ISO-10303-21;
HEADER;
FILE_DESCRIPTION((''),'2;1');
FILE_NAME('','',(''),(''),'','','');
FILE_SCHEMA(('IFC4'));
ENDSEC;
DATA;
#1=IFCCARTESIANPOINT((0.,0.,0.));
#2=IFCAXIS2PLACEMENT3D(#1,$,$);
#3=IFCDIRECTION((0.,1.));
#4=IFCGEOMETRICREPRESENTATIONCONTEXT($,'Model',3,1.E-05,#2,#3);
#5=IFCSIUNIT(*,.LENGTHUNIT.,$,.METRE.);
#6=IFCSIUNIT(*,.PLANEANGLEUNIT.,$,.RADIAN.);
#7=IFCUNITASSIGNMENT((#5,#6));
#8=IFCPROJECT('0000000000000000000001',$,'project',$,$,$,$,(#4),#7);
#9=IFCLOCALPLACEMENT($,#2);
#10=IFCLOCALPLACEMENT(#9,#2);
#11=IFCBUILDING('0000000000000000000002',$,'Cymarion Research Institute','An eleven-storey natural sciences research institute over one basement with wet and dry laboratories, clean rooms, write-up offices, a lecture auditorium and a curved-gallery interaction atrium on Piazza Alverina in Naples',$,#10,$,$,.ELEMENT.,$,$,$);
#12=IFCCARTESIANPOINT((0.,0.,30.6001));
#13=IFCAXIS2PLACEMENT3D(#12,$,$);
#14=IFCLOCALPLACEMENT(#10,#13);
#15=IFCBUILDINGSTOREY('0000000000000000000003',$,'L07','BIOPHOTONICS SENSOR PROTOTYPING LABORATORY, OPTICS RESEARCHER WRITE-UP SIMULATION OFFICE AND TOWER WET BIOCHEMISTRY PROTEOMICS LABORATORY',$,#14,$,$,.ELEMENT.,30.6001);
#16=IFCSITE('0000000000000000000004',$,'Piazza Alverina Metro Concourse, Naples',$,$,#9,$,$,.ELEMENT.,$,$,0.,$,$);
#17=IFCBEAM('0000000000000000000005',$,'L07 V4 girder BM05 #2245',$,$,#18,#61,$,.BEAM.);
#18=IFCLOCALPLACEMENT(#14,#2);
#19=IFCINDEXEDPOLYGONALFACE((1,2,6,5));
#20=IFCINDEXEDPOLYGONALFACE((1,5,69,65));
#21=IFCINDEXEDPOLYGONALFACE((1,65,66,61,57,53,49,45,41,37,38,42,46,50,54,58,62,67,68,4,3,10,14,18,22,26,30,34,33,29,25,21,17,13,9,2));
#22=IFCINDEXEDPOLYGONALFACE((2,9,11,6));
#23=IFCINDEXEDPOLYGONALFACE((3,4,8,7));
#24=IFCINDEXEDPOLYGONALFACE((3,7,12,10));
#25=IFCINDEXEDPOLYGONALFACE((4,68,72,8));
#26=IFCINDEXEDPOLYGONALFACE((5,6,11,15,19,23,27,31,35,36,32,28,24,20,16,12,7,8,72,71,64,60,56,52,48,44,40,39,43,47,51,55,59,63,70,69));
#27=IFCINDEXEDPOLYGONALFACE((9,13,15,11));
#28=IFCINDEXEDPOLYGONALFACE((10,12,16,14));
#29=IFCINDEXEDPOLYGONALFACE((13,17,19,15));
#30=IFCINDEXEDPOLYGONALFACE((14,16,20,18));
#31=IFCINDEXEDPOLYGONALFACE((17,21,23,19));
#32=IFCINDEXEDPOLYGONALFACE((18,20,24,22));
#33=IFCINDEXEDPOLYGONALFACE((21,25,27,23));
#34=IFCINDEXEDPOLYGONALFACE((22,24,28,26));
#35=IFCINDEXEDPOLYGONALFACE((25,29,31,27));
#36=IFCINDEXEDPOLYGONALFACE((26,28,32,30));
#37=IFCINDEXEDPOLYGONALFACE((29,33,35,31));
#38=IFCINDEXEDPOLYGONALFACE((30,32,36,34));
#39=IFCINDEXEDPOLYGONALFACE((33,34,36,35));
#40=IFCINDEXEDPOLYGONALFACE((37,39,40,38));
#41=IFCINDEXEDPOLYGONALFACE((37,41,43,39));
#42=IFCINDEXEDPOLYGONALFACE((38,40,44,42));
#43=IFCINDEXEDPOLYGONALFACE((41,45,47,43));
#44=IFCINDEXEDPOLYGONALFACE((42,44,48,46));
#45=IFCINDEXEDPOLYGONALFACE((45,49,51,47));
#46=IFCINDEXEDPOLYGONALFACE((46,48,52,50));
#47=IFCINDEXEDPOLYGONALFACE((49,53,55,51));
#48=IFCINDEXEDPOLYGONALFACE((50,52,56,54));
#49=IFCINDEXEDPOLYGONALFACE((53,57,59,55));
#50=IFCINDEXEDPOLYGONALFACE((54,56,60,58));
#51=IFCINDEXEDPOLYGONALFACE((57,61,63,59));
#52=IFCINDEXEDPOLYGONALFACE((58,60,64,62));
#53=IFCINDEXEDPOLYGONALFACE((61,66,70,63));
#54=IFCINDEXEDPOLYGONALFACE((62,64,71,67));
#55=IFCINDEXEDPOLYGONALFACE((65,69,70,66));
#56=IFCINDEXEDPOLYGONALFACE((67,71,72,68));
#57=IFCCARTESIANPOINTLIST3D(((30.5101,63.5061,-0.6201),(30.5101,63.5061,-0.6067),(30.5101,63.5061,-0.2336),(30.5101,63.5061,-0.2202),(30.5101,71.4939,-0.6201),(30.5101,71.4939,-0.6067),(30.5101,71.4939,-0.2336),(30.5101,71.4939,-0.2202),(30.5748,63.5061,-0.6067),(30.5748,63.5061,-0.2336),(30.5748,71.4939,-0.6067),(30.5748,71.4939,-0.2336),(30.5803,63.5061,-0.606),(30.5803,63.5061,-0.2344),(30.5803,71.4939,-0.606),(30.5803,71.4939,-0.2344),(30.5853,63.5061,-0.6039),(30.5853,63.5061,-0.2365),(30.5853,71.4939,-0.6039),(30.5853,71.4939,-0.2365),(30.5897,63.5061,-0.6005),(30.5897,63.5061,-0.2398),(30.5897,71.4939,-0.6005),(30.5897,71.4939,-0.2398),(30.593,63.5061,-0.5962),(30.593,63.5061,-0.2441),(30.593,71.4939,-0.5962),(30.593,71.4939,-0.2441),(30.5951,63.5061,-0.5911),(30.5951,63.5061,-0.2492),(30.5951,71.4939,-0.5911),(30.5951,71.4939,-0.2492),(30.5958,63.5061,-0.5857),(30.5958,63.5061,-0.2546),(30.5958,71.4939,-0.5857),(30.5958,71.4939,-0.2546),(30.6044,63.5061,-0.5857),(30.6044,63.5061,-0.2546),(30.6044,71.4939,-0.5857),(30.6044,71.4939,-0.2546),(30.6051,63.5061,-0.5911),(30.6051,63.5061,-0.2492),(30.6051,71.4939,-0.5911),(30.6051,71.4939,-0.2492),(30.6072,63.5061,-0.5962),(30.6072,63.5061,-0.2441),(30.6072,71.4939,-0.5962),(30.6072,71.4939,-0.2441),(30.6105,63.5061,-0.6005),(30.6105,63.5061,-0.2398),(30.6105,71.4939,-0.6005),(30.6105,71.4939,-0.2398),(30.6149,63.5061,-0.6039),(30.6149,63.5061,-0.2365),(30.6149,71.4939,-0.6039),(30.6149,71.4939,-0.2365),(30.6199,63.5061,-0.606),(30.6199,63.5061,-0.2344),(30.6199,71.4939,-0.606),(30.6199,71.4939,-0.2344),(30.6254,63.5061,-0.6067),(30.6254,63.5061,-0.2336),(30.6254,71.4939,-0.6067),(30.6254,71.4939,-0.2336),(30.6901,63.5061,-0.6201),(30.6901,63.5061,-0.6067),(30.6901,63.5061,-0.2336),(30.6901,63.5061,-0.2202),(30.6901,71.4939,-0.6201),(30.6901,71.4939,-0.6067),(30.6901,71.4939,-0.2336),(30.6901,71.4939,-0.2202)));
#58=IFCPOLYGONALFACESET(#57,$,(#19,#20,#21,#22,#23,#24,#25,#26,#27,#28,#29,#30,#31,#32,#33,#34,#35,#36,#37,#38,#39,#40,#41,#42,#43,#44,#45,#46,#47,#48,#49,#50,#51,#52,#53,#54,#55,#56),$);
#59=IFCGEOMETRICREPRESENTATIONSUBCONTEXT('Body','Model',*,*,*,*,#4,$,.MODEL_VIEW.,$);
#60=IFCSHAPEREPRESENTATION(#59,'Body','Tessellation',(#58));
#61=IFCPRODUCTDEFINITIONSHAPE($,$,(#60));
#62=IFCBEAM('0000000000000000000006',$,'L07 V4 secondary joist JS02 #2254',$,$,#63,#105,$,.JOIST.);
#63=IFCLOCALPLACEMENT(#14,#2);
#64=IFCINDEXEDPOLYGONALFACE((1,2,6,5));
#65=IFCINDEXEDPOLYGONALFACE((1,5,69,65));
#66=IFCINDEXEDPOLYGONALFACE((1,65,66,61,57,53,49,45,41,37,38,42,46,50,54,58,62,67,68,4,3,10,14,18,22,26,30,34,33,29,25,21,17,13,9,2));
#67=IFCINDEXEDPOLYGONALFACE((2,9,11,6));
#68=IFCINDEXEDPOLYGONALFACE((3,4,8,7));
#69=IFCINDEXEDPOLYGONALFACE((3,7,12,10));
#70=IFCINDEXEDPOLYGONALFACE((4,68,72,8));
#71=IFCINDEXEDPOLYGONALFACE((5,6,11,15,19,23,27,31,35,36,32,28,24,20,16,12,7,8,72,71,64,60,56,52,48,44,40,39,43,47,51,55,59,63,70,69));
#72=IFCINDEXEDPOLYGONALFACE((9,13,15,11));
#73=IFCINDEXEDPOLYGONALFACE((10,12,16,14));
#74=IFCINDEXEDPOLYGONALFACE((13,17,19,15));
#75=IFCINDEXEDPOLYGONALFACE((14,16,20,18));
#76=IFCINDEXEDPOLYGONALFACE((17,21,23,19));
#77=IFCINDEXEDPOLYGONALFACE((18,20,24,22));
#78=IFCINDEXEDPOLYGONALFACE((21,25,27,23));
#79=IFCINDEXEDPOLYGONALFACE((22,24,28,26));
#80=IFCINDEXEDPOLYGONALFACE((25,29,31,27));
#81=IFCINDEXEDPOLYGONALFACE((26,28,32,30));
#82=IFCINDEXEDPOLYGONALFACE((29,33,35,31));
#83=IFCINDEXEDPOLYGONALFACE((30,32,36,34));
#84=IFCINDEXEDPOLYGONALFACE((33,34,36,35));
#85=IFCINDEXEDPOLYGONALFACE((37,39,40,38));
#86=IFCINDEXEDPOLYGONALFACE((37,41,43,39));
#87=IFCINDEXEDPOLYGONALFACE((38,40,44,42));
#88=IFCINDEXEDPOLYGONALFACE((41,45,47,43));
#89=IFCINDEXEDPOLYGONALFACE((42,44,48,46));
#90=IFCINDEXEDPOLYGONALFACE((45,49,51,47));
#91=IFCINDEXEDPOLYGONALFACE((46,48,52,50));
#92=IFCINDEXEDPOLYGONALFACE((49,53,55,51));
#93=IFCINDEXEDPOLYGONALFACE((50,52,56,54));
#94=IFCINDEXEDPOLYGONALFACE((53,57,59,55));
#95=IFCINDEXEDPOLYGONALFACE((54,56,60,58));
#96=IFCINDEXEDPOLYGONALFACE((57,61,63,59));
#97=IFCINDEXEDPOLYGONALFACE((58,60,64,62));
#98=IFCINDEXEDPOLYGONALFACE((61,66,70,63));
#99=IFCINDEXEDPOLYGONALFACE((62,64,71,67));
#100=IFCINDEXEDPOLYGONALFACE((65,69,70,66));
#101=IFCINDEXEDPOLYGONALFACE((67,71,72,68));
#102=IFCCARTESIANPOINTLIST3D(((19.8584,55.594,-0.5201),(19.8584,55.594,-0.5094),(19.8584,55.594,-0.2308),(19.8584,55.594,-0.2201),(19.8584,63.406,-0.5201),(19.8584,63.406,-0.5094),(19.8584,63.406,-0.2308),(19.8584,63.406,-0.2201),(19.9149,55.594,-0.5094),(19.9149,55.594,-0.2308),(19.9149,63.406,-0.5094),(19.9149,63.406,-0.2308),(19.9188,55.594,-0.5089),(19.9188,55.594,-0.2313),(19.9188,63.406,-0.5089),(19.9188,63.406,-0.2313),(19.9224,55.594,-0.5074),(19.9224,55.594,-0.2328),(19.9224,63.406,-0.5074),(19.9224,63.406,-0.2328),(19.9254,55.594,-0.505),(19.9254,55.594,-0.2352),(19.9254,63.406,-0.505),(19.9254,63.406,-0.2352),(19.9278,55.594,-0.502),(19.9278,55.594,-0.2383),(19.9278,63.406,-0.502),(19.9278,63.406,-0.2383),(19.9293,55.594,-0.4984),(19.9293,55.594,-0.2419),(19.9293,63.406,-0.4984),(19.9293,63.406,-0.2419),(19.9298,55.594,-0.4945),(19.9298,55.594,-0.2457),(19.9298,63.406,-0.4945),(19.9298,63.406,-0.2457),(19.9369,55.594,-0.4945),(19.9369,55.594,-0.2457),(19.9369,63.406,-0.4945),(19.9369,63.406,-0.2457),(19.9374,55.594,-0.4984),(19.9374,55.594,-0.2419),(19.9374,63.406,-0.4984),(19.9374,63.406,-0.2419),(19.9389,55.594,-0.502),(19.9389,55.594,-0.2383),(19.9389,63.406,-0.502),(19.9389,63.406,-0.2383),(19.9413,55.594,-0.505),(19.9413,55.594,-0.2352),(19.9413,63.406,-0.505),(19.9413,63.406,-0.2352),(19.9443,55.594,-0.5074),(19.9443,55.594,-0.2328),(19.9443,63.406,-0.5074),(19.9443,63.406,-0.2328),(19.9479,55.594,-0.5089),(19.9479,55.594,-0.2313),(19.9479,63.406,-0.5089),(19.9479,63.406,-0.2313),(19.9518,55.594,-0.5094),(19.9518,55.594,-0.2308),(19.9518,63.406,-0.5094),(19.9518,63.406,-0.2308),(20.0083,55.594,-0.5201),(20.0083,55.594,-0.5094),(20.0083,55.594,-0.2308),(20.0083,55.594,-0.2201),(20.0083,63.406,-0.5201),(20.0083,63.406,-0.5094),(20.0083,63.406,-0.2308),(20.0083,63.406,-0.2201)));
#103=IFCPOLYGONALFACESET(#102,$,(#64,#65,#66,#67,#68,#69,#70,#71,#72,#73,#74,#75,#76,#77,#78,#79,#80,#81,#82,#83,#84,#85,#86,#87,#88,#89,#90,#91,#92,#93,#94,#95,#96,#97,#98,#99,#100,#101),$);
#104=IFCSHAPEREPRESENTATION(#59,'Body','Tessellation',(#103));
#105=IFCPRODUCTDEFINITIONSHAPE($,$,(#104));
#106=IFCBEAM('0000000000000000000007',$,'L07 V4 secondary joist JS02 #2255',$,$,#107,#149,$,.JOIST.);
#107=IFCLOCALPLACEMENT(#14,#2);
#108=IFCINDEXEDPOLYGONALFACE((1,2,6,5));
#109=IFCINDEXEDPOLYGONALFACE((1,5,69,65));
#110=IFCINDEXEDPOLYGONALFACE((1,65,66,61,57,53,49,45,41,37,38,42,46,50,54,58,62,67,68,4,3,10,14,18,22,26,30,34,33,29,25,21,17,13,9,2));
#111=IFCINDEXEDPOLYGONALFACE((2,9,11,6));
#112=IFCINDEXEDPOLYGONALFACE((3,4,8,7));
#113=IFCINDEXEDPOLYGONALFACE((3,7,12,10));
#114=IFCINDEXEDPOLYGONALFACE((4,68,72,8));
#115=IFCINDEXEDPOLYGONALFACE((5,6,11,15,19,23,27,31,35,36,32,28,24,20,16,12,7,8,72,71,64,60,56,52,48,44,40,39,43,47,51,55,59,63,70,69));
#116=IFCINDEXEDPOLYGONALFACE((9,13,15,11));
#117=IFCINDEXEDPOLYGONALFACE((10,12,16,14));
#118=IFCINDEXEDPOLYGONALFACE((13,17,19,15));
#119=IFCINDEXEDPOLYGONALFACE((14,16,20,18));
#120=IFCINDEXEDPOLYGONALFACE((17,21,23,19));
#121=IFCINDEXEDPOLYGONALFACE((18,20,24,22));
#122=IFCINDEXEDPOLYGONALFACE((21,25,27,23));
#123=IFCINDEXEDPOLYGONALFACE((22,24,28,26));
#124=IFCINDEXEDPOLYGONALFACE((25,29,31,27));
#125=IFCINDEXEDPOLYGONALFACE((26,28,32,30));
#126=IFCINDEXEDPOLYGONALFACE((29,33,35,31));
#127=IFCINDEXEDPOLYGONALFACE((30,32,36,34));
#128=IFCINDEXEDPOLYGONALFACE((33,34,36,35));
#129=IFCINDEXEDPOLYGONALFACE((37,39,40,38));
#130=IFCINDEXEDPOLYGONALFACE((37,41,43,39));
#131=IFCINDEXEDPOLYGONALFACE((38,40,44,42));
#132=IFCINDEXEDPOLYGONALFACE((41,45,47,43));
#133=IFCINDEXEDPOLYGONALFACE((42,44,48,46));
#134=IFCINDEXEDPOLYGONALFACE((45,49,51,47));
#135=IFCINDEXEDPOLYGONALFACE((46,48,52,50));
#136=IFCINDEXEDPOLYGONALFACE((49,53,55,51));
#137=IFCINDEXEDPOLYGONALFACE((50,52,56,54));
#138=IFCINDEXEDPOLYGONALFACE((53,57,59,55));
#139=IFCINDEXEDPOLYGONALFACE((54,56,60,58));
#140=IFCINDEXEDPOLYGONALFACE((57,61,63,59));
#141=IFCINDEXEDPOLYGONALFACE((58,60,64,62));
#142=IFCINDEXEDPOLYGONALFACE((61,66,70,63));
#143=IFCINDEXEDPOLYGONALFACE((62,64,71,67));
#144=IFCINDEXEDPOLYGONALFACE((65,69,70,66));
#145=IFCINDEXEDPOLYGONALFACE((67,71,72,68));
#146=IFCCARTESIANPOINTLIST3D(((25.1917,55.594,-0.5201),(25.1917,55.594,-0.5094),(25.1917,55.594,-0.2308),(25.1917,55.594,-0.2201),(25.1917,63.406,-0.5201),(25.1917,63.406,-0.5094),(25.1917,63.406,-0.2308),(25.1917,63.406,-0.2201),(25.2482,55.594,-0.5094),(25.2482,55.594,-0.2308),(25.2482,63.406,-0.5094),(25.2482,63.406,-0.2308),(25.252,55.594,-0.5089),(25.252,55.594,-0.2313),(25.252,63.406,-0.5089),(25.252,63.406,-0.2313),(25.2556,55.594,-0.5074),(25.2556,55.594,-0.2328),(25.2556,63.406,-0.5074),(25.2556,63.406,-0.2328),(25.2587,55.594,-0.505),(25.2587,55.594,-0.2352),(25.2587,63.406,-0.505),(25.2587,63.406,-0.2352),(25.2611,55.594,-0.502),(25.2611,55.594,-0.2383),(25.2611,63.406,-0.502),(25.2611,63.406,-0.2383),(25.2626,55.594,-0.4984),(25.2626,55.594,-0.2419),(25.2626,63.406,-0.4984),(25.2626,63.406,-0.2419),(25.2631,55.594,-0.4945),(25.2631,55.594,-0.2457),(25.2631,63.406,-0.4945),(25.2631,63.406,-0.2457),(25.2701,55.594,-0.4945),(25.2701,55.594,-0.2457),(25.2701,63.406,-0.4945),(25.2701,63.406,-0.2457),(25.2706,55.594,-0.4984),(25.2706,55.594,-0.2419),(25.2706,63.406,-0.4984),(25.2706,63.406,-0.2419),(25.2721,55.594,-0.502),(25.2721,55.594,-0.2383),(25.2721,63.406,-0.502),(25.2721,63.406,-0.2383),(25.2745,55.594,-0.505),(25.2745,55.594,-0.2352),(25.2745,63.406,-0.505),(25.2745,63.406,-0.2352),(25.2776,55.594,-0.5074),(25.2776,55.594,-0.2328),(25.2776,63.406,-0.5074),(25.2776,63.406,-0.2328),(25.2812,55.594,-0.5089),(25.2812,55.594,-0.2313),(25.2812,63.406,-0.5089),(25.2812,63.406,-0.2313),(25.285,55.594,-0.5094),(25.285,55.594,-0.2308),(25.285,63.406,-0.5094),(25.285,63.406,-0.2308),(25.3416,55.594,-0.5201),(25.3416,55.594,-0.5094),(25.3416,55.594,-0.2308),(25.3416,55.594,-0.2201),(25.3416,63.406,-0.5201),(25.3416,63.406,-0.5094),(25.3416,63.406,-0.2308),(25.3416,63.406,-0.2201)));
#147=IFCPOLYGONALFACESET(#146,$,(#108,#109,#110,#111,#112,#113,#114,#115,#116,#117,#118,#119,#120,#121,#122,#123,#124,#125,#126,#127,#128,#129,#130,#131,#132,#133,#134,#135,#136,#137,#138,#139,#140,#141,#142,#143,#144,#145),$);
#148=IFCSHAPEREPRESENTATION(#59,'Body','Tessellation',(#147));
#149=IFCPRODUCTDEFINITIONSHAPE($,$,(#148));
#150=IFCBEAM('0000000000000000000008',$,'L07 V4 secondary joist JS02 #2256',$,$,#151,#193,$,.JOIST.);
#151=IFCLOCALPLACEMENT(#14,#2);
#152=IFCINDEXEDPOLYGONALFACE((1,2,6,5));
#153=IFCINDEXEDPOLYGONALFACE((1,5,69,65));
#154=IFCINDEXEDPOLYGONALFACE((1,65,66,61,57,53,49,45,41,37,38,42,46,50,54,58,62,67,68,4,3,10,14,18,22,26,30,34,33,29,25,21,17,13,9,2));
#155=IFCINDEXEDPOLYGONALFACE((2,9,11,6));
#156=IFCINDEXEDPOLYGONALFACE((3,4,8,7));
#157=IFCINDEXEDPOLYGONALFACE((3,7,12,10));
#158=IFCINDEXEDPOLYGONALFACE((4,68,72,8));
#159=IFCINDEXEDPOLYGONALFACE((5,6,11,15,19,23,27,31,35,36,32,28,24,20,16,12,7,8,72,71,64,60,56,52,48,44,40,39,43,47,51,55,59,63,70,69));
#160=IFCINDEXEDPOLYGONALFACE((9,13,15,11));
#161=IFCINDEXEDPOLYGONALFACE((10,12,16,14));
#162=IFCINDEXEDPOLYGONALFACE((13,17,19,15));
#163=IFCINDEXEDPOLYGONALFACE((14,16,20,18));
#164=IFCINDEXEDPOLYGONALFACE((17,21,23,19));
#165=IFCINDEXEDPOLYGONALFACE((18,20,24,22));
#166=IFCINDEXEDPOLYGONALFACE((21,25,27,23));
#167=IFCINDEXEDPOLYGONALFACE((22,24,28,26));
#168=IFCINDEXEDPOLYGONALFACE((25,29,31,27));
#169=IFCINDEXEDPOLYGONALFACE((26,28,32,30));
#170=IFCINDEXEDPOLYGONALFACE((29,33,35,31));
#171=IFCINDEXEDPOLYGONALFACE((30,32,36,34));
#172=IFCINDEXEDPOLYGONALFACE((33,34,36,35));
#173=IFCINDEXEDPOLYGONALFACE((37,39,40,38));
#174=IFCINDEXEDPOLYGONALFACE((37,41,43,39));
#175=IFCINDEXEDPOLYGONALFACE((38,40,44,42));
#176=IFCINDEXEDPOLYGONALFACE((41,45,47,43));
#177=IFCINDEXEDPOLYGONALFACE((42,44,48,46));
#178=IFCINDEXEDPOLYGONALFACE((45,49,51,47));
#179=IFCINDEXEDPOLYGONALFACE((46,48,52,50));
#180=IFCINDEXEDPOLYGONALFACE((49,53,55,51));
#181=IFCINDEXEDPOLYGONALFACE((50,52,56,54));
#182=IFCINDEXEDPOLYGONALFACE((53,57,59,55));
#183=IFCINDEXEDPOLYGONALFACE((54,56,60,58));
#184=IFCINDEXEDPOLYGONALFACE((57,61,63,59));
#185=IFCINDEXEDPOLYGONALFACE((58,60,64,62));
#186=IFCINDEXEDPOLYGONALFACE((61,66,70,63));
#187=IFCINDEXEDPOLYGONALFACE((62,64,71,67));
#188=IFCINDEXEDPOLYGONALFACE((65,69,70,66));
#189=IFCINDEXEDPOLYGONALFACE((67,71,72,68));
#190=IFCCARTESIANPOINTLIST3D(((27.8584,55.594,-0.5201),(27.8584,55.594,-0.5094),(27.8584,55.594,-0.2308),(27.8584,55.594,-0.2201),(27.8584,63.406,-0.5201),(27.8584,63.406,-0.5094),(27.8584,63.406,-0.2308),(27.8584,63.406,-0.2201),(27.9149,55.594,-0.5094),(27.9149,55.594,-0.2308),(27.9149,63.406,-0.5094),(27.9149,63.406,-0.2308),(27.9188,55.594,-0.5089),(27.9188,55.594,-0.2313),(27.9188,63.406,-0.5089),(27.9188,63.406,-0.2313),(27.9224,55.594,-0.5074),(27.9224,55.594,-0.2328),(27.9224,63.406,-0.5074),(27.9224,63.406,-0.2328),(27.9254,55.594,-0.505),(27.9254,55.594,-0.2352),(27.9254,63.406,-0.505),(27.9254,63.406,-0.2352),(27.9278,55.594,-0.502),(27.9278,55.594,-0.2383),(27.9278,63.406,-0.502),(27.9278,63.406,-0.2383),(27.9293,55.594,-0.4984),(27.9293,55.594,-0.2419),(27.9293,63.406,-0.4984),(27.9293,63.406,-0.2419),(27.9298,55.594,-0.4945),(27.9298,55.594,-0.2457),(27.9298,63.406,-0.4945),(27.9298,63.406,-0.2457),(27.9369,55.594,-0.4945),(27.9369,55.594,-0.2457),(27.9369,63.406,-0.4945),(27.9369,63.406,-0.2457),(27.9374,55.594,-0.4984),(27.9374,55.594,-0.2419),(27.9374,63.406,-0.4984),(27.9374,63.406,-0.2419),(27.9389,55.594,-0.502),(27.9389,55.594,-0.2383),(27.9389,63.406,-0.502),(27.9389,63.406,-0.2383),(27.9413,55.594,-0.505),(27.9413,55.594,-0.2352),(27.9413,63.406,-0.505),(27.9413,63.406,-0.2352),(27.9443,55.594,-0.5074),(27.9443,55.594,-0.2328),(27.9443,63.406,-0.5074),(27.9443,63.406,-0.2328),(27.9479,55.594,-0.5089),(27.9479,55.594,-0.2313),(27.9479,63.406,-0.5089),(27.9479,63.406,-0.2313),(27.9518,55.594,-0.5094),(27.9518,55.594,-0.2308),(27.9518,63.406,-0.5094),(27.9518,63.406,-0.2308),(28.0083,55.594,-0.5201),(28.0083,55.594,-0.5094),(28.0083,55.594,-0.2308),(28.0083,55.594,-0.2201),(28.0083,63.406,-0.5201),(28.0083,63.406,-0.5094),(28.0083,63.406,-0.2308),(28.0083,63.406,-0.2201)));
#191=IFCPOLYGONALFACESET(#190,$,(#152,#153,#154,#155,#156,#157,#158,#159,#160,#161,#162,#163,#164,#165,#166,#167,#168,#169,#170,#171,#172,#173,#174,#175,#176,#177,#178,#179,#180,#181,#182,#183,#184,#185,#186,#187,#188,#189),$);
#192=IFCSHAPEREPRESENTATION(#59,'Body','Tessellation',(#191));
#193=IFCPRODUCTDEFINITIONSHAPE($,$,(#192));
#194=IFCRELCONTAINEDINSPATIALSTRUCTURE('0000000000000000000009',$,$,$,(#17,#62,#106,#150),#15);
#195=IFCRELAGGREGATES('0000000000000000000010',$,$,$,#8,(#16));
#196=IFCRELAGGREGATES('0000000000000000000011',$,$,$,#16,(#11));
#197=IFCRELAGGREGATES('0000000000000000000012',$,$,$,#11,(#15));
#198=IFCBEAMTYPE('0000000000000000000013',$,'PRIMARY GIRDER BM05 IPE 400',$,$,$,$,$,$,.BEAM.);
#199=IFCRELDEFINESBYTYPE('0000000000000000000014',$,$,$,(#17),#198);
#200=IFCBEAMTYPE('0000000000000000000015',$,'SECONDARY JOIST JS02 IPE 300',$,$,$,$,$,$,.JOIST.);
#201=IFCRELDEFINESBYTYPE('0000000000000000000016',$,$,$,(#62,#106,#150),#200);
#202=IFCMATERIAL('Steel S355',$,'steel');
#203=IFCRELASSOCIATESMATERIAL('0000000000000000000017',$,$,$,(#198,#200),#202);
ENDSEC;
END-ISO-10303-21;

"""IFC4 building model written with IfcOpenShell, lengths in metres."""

from ifc_helpers import new_model, si_unit, direction, frame, origin, origin_2d, place, context, subcontext, project, spatial, i_section, extrude, material, material_profile, profile_set, type_object, element, save


model = new_model("IFC4")

# Units and contexts
model_context = context("Model", 3, precision=1e-05, world=origin(), true_north=direction((0.0, 1.0)))
body_context = subcontext(model_context, "Body", "Model", "MODEL_VIEW")
ifc_project = project(units=[si_unit("LENGTHUNIT", "METRE"), si_unit("PLANEANGLEUNIT", "RADIAN")], contexts=[model_context])

# Site, building, storey
site_placement = place(None, origin())
site = spatial("IfcSite", under=ifc_project, at=site_placement, Name="Piazza Alverina Metro Concourse, Naples", CompositionType="ELEMENT", RefElevation=0.0)
building_placement = place(site_placement, origin())
building = spatial("IfcBuilding", under=site, at=building_placement, Name="Cymarion Research Institute", Description="An eleven-storey natural sciences research institute over one basement with wet and dry laboratories, clean rooms, write-up offices, a lecture auditorium and a curved-gallery interaction atrium on Piazza Alverina in Naples", CompositionType="ELEMENT")
storey_placement = place(building_placement, frame((0.0, 0.0, 30.6001)))
storey = spatial("IfcBuildingStorey", under=building, at=storey_placement, Name="L07", Description="BIOPHOTONICS SENSOR PROTOTYPING LABORATORY, OPTICS RESEARCHER WRITE-UP SIMULATION OFFICE AND TOWER WET BIOCHEMISTRY PROTEOMICS LABORATORY", CompositionType="ELEMENT", Elevation=30.6001)

# Shared definitions
ifc_material_1 = material(Name="Steel S355", Category="steel")

# Beams
ifc_material_profile_1 = material_profile(ifc_material_1, i_section(OverallWidth=0.1799, OverallDepth=0.3999, WebThickness=0.0085, FlangeThickness=0.0134, FilletRadius=0.021, at=origin_2d()), Name="IPE 400")
ifc_profile_set_1 = profile_set([ifc_material_profile_1], Name="Steel S355")
beam_type_1 = type_object("IfcBeamType", Name="PRIMARY GIRDER BM05 IPE 400", PredefinedType="BEAM", material=ifc_profile_set_1)
for number, where, z_axis, x_axis, name in (
    (1, (30.6001, 63.5061, -0.4202), (0.0, 1.0, 0.0), (-1.0, 0.0, 0.0), "L07 V4 girder BM05 #2245"),
):
    element("IfcBeam", number, at=place(storey_placement, frame(where, z_axis=z_axis, x_axis=x_axis)), inside=storey, type_object=beam_type_1, Name=name, PredefinedType="BEAM", context=body_context, shape_type="SweptSolid", body=[
        extrude(i_section(OverallWidth=0.1799, OverallDepth=0.3999, WebThickness=0.0085, FlangeThickness=0.0134, FilletRadius=0.021, at=origin_2d()), origin(), (0.0, 0.0, 1.0), 7.9878),
    ])
ifc_material_profile_2 = material_profile(ifc_material_1, i_section(OverallWidth=0.1499, OverallDepth=0.3, WebThickness=0.0071, FlangeThickness=0.0107, FilletRadius=0.0149, at=origin_2d()), Name="IPE 300")
ifc_profile_set_2 = profile_set([ifc_material_profile_2], Name="Steel S355")
beam_type_2 = type_object("IfcBeamType", Name="SECONDARY JOIST JS02 IPE 300", PredefinedType="JOIST", material=ifc_profile_set_2)
for number, where, z_axis, x_axis, name in (
    (2, (19.9333, 55.594, -0.3701), (0.0, 1.0, 0.0), (-1.0, 0.0, 0.0), "L07 V4 secondary joist JS02 #2254"),
    (3, (25.2666, 55.594, -0.3701), (0.0, 1.0, 0.0), (-1.0, 0.0, 0.0), "L07 V4 secondary joist JS02 #2255"),
    (4, (27.9333, 55.594, -0.3701), (0.0, 1.0, 0.0), (-1.0, 0.0, 0.0), "L07 V4 secondary joist JS02 #2256"),
):
    element("IfcBeam", number, at=place(storey_placement, frame(where, z_axis=z_axis, x_axis=x_axis)), inside=storey, type_object=beam_type_2, Name=name, PredefinedType="JOIST", context=body_context, shape_type="SweptSolid", body=[
        extrude(i_section(OverallWidth=0.1499, OverallDepth=0.3, WebThickness=0.0071, FlangeThickness=0.0107, FilletRadius=0.0149, at=origin_2d()), origin(), (0.0, 0.0, 1.0), 7.812),
    ])

save(model, "model.ifc")
